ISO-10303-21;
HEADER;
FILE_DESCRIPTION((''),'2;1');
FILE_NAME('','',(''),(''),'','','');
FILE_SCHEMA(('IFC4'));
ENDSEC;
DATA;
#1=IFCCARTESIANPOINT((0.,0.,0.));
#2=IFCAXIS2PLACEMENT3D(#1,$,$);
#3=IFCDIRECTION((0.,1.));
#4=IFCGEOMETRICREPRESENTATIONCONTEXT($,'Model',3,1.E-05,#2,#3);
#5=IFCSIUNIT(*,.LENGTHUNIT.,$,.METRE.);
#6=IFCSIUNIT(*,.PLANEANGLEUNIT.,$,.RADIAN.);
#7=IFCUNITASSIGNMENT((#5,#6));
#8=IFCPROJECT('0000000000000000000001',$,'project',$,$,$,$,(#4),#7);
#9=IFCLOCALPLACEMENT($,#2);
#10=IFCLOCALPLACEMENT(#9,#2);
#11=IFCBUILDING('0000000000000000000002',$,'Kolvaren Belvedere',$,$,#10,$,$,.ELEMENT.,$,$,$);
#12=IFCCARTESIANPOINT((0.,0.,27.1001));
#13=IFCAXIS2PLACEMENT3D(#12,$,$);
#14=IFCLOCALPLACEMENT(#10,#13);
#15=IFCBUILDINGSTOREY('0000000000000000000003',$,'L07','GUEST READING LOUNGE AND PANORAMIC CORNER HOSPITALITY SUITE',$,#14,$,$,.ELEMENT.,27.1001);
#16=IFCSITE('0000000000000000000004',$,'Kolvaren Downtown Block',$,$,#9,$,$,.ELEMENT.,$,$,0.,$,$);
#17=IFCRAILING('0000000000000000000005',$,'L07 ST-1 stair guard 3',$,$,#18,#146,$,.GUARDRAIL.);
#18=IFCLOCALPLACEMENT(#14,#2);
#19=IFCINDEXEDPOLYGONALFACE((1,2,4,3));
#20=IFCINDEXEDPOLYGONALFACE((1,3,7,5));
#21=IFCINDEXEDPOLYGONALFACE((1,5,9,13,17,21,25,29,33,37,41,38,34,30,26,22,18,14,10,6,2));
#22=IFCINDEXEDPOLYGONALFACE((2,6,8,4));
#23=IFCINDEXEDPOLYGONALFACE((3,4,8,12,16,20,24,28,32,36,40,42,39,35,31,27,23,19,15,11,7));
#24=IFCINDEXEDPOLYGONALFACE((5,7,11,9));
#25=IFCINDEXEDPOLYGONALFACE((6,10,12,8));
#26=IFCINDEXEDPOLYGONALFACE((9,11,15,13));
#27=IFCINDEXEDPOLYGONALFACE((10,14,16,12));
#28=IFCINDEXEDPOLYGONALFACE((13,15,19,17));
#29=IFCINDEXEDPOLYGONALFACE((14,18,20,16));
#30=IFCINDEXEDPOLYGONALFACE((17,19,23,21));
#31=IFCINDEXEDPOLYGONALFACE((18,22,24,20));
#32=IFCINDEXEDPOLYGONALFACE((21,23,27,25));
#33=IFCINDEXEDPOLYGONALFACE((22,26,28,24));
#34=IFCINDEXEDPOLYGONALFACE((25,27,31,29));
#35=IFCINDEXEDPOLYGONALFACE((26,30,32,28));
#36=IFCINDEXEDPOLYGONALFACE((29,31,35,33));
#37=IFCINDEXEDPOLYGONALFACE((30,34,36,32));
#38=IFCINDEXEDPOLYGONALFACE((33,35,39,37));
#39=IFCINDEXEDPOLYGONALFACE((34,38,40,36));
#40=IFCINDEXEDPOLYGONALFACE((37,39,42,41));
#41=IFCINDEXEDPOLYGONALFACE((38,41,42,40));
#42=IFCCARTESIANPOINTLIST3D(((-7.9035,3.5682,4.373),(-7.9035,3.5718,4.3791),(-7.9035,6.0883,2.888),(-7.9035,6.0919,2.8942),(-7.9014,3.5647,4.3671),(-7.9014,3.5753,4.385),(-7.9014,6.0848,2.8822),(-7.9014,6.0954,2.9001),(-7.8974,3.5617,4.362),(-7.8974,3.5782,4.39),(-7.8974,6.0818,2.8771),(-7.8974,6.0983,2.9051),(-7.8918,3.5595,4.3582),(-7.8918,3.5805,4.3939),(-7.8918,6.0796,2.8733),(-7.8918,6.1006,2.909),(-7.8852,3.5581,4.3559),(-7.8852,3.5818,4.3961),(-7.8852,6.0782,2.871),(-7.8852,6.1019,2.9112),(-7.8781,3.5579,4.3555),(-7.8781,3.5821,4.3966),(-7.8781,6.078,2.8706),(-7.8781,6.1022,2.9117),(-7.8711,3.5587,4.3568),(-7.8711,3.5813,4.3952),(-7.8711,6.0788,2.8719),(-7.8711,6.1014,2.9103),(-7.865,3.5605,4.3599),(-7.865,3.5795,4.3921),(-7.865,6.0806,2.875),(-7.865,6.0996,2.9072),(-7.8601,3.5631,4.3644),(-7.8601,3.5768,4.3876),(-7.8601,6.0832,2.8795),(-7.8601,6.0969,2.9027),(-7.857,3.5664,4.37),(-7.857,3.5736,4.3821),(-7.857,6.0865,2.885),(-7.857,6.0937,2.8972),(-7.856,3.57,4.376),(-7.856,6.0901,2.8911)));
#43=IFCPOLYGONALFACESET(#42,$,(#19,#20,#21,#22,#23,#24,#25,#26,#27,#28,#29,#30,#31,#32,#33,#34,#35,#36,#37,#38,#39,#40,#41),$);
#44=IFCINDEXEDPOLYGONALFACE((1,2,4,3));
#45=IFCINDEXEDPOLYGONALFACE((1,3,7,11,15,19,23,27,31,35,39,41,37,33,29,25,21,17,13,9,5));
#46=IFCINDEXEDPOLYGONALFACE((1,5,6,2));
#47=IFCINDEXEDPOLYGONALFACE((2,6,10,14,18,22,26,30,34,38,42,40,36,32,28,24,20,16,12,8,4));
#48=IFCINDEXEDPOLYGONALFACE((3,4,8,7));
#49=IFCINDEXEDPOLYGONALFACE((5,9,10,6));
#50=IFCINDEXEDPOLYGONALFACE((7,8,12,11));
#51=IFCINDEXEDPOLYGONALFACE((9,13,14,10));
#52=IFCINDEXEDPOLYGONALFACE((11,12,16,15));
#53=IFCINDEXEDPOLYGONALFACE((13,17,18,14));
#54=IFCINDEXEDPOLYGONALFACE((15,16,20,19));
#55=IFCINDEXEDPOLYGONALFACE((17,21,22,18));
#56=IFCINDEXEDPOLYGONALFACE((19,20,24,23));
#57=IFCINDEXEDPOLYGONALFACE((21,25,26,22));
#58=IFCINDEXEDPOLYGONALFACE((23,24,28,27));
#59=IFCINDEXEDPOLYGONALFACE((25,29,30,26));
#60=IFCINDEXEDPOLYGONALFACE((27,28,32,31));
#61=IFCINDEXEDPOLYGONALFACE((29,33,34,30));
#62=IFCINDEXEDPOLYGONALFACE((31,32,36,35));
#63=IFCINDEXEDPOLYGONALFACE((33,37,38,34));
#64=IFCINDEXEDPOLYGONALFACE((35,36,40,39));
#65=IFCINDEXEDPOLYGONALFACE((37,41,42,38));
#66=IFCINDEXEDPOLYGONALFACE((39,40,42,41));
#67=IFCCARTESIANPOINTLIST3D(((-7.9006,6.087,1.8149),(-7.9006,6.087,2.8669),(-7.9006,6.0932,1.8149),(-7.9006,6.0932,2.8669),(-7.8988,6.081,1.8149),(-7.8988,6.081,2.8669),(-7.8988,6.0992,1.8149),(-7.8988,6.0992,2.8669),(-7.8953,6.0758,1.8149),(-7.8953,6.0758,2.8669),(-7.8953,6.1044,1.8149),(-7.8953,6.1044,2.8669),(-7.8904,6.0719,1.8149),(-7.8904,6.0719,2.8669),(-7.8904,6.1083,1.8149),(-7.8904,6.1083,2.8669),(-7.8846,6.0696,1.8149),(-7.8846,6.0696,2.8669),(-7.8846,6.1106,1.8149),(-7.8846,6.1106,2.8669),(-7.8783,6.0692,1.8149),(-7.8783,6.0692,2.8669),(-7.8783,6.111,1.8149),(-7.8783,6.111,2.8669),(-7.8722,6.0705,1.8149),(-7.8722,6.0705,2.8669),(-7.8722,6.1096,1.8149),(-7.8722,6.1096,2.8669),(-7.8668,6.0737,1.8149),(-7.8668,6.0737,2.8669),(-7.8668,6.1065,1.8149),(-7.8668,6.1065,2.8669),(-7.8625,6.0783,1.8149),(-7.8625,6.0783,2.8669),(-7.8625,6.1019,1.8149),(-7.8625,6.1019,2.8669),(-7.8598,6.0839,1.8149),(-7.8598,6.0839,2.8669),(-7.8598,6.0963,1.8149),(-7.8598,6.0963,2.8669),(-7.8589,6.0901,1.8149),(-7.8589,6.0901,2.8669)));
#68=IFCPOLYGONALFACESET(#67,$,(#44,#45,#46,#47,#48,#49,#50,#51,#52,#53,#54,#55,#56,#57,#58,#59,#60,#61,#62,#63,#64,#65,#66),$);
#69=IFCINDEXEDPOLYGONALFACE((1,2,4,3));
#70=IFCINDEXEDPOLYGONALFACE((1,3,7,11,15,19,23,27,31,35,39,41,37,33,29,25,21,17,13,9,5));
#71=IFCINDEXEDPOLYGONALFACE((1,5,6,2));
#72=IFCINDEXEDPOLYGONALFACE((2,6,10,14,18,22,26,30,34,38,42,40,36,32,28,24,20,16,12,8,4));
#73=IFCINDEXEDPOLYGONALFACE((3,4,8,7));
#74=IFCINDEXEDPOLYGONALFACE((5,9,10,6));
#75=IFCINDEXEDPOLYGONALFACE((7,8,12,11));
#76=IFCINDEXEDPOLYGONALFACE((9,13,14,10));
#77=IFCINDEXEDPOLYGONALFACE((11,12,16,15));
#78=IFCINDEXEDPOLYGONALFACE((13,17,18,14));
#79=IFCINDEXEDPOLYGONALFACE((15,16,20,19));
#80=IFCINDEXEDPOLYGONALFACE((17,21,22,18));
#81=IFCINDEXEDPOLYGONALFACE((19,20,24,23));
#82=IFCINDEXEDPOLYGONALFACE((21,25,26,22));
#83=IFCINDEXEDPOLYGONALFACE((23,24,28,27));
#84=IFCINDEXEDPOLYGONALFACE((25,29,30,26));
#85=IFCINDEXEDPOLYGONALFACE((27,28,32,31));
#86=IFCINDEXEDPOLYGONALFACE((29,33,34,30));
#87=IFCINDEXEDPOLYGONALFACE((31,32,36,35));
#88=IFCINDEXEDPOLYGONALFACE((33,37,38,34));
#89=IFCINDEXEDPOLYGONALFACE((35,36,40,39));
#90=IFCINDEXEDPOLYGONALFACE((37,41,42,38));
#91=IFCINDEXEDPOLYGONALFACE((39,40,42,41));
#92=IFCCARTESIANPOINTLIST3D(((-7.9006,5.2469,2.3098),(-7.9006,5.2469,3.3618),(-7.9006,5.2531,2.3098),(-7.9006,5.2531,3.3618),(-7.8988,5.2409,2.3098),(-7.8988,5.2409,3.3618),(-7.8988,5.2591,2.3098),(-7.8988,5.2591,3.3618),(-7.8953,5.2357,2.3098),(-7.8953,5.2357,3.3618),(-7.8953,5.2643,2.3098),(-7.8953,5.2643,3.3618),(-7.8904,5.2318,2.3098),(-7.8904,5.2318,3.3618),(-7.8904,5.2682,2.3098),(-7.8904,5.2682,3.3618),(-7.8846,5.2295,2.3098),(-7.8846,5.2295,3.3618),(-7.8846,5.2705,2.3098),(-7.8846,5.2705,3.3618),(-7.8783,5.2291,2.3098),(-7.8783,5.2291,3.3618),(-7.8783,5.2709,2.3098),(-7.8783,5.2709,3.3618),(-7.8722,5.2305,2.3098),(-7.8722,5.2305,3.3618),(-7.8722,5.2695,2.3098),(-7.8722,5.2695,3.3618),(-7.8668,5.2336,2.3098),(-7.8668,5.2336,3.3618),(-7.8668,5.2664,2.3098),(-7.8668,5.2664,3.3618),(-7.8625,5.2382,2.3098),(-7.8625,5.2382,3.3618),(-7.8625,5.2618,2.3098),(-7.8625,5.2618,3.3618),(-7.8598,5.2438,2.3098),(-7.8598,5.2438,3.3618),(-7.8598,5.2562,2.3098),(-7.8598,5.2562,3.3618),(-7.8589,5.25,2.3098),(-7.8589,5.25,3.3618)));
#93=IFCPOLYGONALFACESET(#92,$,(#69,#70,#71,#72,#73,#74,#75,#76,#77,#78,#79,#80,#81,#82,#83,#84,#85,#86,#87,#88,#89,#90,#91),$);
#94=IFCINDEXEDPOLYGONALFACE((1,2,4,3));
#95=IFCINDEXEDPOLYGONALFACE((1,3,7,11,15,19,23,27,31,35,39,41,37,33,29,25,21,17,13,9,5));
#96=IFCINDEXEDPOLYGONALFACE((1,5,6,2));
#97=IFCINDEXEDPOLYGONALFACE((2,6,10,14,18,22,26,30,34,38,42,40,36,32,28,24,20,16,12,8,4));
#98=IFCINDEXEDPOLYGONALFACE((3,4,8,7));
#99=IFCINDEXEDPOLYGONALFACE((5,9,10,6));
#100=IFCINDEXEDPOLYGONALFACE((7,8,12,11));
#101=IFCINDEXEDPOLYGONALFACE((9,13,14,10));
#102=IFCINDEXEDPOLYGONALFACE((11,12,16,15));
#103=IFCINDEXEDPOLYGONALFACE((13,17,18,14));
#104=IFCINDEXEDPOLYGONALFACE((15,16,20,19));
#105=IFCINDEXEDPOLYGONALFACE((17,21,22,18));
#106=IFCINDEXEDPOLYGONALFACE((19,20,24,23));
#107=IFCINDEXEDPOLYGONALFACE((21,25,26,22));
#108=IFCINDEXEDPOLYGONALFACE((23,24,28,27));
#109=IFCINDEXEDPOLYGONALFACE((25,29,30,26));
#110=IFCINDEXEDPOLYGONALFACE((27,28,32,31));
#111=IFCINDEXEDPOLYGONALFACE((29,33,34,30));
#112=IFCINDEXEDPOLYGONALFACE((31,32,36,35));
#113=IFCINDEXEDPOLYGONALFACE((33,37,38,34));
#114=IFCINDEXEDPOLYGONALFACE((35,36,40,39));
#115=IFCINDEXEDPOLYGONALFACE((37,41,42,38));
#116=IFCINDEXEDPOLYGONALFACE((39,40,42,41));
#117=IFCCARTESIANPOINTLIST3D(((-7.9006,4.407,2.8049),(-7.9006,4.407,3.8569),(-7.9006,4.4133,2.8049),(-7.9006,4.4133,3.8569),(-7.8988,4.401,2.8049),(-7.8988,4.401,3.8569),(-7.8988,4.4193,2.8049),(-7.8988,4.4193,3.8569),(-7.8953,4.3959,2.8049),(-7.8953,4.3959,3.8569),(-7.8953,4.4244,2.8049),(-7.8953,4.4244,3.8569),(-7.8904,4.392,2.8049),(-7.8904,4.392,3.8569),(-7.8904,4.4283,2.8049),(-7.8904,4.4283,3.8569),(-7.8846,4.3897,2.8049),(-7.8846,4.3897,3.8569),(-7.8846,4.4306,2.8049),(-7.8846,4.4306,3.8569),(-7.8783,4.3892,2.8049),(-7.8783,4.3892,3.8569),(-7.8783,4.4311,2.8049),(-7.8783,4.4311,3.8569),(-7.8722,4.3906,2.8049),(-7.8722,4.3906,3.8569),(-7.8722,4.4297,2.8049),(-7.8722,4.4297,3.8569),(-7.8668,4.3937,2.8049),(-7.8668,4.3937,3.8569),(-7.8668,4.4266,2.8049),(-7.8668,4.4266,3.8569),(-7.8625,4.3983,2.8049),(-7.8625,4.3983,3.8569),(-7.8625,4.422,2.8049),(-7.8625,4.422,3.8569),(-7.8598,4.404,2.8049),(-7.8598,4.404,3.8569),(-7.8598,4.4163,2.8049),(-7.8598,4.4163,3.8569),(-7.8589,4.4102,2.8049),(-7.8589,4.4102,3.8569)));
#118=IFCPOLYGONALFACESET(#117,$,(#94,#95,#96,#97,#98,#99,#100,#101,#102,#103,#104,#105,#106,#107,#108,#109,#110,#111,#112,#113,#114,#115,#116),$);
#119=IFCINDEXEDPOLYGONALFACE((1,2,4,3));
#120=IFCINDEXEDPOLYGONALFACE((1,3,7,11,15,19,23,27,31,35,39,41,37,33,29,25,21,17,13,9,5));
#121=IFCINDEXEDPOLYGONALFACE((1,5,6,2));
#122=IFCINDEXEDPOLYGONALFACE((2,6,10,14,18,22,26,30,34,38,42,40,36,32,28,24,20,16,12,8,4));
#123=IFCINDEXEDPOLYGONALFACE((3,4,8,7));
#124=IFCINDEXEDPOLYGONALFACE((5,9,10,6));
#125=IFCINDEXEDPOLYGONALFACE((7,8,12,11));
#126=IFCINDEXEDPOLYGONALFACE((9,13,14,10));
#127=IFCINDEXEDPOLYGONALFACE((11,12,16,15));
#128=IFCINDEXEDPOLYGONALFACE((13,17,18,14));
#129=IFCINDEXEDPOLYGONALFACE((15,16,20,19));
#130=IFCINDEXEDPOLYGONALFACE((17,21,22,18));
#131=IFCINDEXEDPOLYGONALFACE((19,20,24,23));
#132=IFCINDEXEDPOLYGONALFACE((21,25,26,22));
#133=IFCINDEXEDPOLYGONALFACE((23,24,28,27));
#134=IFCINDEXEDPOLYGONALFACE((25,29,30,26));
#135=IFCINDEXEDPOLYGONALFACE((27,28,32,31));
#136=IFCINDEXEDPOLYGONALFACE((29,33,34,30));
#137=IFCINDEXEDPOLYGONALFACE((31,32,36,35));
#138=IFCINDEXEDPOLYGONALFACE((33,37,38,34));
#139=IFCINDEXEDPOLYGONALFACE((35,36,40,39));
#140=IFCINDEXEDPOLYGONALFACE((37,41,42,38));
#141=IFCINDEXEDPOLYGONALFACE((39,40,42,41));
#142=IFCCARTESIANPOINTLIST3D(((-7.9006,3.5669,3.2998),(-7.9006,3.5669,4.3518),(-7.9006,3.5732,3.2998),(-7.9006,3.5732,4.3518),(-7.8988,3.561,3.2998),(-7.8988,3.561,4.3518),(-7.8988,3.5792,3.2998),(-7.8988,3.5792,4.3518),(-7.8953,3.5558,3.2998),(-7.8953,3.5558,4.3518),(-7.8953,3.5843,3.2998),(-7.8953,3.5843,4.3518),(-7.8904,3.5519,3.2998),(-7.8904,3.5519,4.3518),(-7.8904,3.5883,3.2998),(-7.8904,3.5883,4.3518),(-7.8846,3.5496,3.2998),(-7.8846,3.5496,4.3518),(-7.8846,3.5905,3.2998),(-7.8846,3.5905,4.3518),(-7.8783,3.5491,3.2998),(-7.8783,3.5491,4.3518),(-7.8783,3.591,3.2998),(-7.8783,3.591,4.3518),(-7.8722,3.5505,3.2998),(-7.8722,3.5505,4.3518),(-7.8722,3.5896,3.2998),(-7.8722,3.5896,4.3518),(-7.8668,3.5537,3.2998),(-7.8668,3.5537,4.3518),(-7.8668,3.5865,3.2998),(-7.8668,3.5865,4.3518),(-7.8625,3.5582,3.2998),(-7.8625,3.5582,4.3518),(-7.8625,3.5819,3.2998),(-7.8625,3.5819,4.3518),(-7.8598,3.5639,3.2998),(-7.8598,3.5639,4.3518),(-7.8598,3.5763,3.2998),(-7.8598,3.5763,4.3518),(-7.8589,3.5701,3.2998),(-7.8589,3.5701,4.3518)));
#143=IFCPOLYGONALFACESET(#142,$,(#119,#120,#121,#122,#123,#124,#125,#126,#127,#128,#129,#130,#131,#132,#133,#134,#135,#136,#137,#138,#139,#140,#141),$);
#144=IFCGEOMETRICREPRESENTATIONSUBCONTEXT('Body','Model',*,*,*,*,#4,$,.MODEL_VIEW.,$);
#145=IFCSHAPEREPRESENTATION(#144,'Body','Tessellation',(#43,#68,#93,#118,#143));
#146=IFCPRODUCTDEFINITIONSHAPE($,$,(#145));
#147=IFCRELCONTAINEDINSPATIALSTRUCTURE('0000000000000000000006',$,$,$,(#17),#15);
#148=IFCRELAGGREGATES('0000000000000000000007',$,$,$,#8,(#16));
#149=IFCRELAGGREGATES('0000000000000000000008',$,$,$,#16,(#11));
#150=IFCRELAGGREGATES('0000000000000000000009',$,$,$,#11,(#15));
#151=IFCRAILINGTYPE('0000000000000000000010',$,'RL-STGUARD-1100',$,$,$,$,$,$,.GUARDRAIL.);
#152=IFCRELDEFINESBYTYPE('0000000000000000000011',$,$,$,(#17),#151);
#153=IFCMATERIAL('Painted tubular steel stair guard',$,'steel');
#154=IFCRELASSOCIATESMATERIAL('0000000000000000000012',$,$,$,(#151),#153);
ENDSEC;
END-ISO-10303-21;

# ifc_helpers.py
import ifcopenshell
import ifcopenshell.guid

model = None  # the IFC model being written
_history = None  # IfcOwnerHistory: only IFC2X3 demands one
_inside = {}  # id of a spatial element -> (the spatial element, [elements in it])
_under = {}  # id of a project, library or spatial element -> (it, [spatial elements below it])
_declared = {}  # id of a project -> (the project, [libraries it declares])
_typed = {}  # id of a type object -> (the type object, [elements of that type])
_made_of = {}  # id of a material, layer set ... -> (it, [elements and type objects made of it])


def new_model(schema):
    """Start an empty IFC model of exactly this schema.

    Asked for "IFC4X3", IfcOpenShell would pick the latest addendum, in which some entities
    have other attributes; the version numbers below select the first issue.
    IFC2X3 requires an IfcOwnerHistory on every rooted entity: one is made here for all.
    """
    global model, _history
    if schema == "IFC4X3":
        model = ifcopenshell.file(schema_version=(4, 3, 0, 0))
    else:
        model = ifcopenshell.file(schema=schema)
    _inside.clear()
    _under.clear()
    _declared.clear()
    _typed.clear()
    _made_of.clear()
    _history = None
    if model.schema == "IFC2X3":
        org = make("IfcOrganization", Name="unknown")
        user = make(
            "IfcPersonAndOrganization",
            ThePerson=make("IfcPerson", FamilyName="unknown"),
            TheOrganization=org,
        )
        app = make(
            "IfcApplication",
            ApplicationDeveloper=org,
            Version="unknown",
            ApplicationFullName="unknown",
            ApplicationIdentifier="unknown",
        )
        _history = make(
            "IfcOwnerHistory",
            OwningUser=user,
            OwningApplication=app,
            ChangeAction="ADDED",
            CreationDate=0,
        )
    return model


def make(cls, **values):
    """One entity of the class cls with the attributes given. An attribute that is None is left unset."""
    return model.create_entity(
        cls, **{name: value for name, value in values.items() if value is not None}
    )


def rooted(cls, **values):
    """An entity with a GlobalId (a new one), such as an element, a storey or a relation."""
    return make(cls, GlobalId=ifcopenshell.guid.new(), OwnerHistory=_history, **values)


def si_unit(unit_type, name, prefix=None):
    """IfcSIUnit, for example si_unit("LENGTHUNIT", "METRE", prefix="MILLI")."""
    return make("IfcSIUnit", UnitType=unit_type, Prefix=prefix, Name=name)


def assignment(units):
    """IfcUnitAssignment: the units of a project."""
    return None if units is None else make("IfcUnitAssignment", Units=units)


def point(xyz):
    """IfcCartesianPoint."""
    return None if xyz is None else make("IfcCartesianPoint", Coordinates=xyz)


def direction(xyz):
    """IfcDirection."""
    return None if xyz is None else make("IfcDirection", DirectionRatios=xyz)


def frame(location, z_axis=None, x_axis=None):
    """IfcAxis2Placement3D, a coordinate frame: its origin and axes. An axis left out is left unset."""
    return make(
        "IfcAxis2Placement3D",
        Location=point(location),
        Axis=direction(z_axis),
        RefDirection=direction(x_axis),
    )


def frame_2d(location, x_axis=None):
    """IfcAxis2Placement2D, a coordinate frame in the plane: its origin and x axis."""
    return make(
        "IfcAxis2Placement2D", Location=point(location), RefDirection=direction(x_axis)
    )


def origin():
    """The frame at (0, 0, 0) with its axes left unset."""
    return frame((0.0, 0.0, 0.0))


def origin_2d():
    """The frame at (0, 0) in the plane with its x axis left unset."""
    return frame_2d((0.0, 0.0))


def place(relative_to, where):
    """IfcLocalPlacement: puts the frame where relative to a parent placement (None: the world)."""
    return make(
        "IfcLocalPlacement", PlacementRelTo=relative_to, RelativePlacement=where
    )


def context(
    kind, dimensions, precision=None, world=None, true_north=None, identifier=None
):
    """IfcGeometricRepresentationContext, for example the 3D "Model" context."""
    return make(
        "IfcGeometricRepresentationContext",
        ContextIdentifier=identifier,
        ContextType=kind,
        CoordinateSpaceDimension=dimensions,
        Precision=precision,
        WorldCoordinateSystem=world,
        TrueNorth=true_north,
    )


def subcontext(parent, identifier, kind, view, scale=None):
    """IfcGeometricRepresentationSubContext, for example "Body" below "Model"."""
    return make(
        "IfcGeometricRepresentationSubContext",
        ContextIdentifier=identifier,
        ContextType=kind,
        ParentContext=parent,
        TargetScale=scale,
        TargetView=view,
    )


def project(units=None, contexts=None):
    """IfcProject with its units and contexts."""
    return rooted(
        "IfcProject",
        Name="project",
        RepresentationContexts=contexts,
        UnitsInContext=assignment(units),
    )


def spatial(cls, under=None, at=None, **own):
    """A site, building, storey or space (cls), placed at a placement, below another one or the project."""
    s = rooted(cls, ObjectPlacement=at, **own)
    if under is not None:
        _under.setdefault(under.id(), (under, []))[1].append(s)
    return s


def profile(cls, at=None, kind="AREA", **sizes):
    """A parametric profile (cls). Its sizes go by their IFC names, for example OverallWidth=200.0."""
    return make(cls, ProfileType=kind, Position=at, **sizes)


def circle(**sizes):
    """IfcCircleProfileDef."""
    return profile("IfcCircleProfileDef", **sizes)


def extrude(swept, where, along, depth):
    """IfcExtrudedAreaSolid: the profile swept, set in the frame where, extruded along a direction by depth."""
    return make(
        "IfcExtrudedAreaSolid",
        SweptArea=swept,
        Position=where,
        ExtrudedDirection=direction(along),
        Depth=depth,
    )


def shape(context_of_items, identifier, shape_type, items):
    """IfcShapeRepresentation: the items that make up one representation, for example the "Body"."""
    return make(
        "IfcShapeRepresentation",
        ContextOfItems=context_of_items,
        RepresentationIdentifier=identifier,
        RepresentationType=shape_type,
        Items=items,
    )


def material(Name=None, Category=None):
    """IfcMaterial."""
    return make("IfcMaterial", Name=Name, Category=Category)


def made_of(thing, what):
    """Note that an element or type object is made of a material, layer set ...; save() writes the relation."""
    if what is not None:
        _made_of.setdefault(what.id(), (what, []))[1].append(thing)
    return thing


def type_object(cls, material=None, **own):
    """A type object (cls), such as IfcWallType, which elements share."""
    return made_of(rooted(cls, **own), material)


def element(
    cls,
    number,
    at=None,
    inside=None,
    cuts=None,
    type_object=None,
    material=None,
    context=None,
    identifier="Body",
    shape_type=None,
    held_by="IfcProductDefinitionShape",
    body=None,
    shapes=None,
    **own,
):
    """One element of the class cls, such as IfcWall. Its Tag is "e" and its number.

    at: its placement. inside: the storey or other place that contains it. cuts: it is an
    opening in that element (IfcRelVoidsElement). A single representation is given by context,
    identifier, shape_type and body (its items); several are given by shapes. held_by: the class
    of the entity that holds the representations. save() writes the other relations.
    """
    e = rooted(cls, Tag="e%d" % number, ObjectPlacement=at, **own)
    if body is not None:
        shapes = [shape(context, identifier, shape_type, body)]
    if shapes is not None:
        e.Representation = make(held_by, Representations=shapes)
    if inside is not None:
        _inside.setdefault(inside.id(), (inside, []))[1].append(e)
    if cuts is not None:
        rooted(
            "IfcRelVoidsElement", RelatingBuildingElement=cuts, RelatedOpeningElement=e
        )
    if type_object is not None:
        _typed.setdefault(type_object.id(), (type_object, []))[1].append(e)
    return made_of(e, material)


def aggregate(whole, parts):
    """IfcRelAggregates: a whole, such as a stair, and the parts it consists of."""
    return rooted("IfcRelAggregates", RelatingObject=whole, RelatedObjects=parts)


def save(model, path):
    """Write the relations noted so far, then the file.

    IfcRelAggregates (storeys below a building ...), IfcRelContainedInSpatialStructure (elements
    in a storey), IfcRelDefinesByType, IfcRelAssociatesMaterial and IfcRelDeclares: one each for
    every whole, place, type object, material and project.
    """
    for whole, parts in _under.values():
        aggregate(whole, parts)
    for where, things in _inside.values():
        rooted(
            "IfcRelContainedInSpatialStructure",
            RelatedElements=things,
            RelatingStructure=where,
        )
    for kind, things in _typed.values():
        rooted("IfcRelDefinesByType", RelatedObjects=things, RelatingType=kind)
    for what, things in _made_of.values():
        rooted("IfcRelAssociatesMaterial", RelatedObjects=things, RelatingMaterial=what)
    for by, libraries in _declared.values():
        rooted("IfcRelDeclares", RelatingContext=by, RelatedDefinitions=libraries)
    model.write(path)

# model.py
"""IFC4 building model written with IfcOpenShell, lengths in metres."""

from ifc_helpers import new_model, si_unit, direction, frame, origin, origin_2d, place, context, subcontext, project, spatial, circle, extrude, material, type_object, element, save


model = new_model("IFC4")

# Units and contexts
model_context = context("Model", 3, precision=1e-05, world=origin(), true_north=direction((0.0, 1.0)))
body_context = subcontext(model_context, "Body", "Model", "MODEL_VIEW")
ifc_project = project(units=[si_unit("LENGTHUNIT", "METRE"), si_unit("PLANEANGLEUNIT", "RADIAN")], contexts=[model_context])

# Site, building, storey
site_placement = place(None, origin())
site = spatial("IfcSite", under=ifc_project, at=site_placement, Name="Kolvaren Downtown Block", CompositionType="ELEMENT", RefElevation=0.0)
building_placement = place(site_placement, origin())
building = spatial("IfcBuilding", under=site, at=building_placement, Name="Kolvaren Belvedere", CompositionType="ELEMENT")
storey_placement = place(building_placement, frame((0.0, 0.0, 27.1001)))
storey = spatial("IfcBuildingStorey", under=building, at=storey_placement, Name="L07", Description="GUEST READING LOUNGE AND PANORAMIC CORNER HOSPITALITY SUITE", CompositionType="ELEMENT", Elevation=27.1001)

# Railing
ifc_material_1 = material(Name="Painted tubular steel stair guard", Category="steel")
railing_type_1 = type_object("IfcRailingType", Name="RL-STGUARD-1100", PredefinedType="GUARDRAIL", material=ifc_material_1)
railing_1_placement = place(storey_placement, frame((-7.8799, 6.0901, 1.8149)))
element("IfcRailing", 1, at=railing_1_placement, inside=storey, type_object=railing_type_1, Name="L07 ST-1 stair guard 3", PredefinedType="GUARDRAIL", context=body_context, shape_type="SweptSolid", body=[
    extrude(circle(Radius=0.0239, at=origin_2d()), frame((0.0, 0.0, 1.0762), z_axis=(0.0, -0.861561, 0.507655), x_axis=(1.0, 0.0, 0.0)), (0.0, 0.0, 1.0), 2.925),
    extrude(circle(Radius=0.021, at=origin_2d()), origin(), (0.0, 0.0, 1.0), 1.052),
    extrude(circle(Radius=0.021, at=origin_2d()), frame((0.0, -0.8401, 0.4949)), (0.0, 0.0, 1.0), 1.052),
    extrude(circle(Radius=0.021, at=origin_2d()), frame((0.0, -1.6799, 0.99)), (0.0, 0.0, 1.0), 1.052),
    extrude(circle(Radius=0.021, at=origin_2d()), frame((0.0, -2.52, 1.4849)), (0.0, 0.0, 1.0), 1.052),
])

save(model, "model.ifc")
